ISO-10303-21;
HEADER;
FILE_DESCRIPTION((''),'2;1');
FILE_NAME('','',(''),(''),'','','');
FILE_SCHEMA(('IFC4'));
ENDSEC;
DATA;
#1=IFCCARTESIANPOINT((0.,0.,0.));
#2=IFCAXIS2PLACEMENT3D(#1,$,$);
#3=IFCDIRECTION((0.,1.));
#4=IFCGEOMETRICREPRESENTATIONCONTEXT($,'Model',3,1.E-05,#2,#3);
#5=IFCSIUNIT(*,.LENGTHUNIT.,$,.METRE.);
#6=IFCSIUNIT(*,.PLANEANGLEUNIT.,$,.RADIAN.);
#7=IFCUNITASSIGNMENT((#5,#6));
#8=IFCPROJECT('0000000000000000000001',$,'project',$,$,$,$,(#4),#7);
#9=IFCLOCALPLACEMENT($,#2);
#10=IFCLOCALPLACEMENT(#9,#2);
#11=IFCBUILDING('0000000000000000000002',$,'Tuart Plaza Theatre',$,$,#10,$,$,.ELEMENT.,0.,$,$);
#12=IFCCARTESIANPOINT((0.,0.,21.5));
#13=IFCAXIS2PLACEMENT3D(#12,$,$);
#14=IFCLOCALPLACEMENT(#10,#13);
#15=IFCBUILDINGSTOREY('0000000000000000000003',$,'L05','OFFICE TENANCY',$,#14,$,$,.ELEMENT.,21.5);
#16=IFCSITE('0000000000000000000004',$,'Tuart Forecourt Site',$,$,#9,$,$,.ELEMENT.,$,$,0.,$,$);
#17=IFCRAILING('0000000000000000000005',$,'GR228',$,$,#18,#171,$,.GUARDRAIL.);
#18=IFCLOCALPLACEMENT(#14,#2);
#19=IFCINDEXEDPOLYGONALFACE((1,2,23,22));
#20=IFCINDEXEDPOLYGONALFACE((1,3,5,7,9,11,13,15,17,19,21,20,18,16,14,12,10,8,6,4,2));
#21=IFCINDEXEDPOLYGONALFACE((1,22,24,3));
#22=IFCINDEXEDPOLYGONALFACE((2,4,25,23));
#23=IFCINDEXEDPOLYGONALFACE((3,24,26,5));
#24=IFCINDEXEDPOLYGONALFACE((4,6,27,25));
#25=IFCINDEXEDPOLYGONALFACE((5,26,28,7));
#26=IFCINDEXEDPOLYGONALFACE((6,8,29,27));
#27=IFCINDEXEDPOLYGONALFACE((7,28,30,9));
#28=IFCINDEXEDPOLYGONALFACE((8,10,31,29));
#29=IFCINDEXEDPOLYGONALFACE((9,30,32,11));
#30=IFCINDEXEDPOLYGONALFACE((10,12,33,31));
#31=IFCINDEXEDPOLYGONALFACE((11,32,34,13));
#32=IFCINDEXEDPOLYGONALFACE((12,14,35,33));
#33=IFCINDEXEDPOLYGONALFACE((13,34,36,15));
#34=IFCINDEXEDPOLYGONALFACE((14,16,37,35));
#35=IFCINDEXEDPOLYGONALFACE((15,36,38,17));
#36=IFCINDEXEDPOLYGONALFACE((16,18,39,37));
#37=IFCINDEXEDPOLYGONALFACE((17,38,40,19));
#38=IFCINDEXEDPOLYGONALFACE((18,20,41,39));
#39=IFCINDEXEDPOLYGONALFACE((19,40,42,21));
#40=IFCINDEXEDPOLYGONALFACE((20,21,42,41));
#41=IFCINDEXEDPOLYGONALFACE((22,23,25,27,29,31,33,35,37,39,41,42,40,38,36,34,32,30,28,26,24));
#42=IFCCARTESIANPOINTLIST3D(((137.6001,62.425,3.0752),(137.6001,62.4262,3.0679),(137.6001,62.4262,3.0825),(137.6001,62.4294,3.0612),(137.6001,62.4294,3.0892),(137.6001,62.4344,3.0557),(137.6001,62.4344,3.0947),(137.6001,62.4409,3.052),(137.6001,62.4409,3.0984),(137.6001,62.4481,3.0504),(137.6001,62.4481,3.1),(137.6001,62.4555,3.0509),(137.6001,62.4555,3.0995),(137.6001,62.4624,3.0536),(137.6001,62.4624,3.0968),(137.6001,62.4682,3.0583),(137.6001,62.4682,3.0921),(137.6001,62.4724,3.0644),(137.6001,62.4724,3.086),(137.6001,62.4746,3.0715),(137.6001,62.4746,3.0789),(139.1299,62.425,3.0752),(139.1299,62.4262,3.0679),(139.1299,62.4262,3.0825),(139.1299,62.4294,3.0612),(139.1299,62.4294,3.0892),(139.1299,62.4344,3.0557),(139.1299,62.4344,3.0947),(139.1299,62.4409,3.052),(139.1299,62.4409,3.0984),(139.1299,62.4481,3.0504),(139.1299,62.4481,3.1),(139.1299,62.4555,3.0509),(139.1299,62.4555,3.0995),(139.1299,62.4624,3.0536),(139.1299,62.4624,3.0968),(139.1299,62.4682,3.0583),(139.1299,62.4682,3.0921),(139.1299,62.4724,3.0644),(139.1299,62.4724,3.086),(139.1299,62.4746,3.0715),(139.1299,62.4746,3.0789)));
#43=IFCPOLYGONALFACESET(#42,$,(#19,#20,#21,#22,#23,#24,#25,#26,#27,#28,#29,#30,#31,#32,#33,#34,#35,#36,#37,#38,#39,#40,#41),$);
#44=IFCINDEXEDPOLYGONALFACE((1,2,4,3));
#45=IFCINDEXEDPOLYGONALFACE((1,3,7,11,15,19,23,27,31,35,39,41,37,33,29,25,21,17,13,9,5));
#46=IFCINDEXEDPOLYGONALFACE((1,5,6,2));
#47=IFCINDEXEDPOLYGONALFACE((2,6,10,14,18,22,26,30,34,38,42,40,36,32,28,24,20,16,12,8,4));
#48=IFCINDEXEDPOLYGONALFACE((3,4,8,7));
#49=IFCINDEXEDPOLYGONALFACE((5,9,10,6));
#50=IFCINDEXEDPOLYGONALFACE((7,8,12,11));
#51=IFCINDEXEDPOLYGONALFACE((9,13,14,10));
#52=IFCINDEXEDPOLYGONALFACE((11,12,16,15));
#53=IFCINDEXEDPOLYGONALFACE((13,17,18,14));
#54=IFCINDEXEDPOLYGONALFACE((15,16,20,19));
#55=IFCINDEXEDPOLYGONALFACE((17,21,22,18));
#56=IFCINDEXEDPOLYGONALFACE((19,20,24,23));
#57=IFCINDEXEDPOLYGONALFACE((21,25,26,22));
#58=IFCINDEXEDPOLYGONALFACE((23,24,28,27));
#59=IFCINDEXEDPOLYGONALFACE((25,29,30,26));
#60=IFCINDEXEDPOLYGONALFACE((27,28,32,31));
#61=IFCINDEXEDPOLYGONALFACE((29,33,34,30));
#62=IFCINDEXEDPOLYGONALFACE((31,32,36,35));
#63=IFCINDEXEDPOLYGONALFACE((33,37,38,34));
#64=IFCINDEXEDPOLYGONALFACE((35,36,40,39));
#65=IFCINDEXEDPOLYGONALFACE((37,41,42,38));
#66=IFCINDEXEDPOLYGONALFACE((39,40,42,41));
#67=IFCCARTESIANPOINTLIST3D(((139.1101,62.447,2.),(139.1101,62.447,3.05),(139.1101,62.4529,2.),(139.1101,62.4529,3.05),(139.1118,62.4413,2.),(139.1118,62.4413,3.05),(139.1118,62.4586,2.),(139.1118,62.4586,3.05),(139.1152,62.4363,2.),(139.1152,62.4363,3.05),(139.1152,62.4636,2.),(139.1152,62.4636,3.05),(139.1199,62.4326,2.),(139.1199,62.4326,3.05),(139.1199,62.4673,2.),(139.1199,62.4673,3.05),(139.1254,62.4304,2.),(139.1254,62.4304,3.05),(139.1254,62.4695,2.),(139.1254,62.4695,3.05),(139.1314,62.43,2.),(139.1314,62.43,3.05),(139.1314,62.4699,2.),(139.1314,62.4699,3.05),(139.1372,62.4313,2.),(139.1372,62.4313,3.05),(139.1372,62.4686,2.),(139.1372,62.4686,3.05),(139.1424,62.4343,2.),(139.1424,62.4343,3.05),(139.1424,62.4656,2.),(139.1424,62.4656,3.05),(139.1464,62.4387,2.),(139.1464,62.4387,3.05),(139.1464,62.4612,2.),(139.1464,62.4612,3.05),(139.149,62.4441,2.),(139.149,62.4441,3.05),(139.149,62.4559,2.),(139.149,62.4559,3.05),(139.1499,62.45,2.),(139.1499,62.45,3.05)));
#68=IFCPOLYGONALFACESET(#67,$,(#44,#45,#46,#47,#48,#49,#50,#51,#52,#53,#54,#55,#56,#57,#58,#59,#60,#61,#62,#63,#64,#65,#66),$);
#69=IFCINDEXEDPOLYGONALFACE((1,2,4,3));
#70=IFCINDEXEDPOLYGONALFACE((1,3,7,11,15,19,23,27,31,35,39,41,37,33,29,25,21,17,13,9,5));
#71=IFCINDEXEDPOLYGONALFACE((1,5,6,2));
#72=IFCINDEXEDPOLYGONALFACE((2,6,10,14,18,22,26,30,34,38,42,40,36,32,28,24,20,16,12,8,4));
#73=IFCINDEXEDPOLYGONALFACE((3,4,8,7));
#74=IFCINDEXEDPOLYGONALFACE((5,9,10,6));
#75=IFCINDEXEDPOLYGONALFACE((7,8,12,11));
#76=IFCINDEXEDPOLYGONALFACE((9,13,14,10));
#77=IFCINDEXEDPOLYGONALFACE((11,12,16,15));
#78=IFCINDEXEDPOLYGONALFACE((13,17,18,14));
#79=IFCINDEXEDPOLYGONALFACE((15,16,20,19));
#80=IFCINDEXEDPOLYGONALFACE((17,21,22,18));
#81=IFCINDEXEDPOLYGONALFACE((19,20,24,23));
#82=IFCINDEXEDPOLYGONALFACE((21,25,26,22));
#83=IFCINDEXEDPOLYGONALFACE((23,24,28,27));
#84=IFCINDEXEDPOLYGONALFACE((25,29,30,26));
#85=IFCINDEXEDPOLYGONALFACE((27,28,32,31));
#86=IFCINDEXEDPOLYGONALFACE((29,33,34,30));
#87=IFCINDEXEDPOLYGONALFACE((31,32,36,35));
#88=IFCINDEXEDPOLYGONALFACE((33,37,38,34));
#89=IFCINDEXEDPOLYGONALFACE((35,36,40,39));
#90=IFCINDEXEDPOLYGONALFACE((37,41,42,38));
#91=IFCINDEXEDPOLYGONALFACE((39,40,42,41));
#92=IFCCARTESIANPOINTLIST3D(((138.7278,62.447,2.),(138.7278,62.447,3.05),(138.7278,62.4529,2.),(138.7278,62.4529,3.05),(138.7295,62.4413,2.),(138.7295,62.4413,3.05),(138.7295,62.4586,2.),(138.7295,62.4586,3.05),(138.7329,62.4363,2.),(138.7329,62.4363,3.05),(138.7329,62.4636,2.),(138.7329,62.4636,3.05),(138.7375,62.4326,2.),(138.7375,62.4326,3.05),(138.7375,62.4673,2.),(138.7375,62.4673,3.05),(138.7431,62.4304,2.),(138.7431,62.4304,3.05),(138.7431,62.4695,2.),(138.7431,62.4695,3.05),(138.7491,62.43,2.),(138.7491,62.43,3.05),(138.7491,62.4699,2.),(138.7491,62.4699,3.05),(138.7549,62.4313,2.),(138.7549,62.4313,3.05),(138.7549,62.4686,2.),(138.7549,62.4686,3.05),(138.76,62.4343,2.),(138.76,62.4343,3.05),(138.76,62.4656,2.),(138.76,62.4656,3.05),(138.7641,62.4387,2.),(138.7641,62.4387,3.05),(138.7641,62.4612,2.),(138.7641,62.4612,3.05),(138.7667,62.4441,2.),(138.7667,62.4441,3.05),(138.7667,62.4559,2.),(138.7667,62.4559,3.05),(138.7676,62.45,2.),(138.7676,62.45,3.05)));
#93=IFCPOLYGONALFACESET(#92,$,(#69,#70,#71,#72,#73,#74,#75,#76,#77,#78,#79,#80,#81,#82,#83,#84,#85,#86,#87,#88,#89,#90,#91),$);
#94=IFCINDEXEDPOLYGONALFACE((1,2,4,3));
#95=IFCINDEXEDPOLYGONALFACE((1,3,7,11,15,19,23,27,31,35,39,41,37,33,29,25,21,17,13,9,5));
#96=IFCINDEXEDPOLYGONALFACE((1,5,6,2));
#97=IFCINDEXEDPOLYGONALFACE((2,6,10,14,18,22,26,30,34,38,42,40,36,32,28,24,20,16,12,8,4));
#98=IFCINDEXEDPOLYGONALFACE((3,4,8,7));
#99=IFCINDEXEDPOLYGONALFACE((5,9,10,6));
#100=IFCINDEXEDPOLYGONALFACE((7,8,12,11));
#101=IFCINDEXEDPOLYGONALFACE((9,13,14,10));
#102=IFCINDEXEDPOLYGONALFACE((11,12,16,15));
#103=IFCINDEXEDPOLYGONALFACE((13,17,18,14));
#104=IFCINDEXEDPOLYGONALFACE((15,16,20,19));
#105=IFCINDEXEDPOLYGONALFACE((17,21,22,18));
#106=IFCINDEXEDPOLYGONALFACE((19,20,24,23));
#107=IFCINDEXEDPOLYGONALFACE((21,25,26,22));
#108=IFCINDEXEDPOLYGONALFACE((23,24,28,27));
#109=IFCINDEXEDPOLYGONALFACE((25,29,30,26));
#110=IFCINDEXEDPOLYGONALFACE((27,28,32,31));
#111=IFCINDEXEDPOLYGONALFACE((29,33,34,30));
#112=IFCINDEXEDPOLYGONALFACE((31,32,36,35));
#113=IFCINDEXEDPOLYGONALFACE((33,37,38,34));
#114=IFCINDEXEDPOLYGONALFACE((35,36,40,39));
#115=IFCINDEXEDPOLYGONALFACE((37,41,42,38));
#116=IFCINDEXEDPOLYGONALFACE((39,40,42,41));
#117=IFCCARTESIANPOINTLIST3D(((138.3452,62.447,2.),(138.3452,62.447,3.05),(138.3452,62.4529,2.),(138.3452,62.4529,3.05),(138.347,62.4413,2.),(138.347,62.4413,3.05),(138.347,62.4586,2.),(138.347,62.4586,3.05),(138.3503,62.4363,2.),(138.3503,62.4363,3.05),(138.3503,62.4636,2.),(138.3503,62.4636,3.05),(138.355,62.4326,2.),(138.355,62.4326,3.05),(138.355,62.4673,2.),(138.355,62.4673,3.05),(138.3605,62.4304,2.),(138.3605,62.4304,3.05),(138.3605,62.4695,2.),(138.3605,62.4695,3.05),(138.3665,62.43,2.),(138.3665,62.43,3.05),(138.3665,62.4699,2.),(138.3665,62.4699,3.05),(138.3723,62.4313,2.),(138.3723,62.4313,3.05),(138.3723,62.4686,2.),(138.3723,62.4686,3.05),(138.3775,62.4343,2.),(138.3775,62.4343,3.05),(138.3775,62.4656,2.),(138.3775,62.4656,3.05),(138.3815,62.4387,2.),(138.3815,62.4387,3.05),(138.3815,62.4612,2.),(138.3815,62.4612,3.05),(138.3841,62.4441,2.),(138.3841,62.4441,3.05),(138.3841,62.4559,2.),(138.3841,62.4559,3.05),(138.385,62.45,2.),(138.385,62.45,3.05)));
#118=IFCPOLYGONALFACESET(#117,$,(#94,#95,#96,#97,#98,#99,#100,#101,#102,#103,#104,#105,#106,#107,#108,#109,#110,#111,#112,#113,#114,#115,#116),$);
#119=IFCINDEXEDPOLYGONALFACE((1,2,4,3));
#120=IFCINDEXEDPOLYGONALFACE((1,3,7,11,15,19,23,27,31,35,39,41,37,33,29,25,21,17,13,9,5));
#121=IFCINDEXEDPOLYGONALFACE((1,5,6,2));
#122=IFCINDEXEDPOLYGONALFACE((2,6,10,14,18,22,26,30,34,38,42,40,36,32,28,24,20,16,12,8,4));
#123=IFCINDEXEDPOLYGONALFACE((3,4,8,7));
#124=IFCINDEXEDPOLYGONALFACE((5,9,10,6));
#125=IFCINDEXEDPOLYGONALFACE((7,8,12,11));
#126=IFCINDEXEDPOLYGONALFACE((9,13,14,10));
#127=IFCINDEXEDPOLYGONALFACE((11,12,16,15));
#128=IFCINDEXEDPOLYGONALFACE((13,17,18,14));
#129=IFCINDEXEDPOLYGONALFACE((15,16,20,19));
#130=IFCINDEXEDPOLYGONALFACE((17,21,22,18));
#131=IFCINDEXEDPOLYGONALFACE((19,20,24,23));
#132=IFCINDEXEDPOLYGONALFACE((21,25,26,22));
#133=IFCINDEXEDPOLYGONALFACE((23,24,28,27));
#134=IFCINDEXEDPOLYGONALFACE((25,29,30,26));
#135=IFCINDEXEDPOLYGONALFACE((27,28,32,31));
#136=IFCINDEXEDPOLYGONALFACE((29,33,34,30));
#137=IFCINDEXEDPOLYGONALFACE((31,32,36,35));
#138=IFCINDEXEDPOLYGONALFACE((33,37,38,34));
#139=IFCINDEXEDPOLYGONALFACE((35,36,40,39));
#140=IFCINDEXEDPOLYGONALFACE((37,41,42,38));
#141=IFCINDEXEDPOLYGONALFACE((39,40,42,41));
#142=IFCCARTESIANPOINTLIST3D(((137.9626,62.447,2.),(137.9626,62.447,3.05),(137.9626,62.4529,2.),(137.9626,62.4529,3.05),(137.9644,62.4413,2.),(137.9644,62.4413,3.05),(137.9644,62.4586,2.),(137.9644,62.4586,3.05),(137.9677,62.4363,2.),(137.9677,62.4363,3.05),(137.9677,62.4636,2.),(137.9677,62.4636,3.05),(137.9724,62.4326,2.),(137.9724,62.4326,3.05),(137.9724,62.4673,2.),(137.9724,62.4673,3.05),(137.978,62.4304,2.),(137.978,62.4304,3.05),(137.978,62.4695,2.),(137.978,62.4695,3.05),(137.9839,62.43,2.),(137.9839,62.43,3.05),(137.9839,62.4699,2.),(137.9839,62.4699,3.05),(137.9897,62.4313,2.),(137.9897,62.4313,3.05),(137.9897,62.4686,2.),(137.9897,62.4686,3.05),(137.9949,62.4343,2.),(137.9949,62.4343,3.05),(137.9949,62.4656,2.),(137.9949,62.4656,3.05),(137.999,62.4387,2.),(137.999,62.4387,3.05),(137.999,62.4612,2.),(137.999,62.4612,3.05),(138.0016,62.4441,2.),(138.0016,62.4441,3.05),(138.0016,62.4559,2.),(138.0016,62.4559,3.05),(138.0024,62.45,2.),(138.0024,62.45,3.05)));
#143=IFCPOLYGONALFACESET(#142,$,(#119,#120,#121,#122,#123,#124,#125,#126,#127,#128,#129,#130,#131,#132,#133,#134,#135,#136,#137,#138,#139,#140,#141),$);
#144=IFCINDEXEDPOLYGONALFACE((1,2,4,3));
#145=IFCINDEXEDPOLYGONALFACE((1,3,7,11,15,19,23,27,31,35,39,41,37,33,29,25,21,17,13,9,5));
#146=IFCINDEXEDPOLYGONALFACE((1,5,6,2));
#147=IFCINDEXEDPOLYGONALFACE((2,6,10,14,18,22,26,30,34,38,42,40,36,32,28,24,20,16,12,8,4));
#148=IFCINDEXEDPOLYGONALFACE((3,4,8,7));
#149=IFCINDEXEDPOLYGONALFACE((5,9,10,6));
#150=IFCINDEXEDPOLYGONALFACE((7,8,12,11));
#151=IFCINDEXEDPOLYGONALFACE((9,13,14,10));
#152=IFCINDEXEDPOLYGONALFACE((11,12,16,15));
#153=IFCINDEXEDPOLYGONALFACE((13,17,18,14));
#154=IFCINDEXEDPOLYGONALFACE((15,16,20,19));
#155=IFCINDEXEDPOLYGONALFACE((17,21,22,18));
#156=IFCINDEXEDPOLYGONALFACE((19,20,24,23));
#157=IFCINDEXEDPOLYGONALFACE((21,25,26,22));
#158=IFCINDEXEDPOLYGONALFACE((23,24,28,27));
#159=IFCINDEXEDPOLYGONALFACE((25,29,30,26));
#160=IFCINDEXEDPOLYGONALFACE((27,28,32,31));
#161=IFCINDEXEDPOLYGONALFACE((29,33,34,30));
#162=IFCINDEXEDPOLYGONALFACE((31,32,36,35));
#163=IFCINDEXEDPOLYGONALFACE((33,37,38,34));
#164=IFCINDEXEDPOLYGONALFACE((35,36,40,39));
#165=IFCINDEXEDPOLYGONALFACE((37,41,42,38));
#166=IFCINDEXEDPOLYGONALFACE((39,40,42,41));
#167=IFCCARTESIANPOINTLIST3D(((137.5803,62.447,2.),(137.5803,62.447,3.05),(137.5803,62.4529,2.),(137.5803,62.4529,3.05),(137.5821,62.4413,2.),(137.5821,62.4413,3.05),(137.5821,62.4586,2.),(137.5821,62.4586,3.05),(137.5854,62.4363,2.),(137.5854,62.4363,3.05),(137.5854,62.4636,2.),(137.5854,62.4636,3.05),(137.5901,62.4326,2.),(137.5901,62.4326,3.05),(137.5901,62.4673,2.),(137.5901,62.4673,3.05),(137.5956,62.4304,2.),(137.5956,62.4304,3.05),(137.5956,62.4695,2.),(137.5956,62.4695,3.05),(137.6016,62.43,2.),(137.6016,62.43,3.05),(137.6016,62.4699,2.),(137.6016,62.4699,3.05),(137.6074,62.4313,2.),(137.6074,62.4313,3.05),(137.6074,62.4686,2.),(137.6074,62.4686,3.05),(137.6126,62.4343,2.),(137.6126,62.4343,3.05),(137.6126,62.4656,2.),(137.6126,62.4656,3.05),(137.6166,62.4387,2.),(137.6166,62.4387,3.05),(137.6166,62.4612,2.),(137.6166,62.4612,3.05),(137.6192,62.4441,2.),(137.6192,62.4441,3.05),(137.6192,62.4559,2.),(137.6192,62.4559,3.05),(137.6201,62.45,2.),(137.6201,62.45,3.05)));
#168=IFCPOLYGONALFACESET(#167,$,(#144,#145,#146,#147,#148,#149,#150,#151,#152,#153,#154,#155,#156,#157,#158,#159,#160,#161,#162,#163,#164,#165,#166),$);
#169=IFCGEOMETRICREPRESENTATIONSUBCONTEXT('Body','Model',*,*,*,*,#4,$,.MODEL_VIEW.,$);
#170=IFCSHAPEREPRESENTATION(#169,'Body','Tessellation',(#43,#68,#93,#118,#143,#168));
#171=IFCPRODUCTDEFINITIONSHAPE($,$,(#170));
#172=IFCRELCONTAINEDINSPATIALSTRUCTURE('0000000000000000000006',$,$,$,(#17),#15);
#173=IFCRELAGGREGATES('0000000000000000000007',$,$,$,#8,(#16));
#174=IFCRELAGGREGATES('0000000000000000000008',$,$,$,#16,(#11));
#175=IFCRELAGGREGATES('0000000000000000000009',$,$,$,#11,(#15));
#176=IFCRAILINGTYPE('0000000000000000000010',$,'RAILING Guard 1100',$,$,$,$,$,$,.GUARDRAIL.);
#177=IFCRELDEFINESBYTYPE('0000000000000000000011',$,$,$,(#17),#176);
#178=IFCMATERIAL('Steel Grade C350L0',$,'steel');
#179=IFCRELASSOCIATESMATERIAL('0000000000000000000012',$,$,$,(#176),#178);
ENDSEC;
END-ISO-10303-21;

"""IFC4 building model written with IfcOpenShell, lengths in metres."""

from ifc_helpers import new_model, si_unit, direction, frame, origin, origin_2d, place, context, subcontext, project, spatial, circle, extrude, material, type_object, element, save


model = new_model("IFC4")

# Units and contexts
model_context = context("Model", 3, precision=1e-05, world=origin(), true_north=direction((0.0, 1.0)))
body_context = subcontext(model_context, "Body", "Model", "MODEL_VIEW")
ifc_project = project(units=[si_unit("LENGTHUNIT", "METRE"), si_unit("PLANEANGLEUNIT", "RADIAN")], contexts=[model_context])

# Site, building, storey
site_placement = place(None, origin())
site = spatial("IfcSite", under=ifc_project, at=site_placement, Name="Tuart Forecourt Site", CompositionType="ELEMENT", RefElevation=0.0)
building_placement = place(site_placement, origin())
building = spatial("IfcBuilding", under=site, at=building_placement, Name="Tuart Plaza Theatre", CompositionType="ELEMENT", ElevationOfRefHeight=0.0)
storey_placement = place(building_placement, frame((0.0, 0.0, 21.5)))
storey = spatial("IfcBuildingStorey", under=building, at=storey_placement, Name="L05", Description="OFFICE TENANCY", CompositionType="ELEMENT", Elevation=21.5)

# Railing
ifc_material_1 = material(Name="Steel Grade C350L0", Category="steel")
railing_type_1 = type_object("IfcRailingType", Name="RAILING Guard 1100", PredefinedType="GUARDRAIL", material=ifc_material_1)
railing_1_placement = place(storey_placement, frame((139.1299, 62.45, 2.0)))
element("IfcRailing", 1, at=railing_1_placement, inside=storey, type_object=railing_type_1, Name="GR228", PredefinedType="GUARDRAIL", context=body_context, shape_type="SweptSolid", body=[
    extrude(circle(Radius=0.0249, at=origin_2d()), frame((0.0, 0.0, 1.0752), z_axis=(-1.0, 0.0, 0.0), x_axis=(0.0, -1.0, 0.0)), (0.0, 0.0, 1.0), 1.5298),
    extrude(circle(Radius=0.02, at=origin_2d()), origin(), (0.0, 0.0, 1.0), 1.05),
    extrude(circle(Radius=0.02, at=origin_2d()), frame((-0.3823, 0.0, 0.0)), (0.0, 0.0, 1.0), 1.05),
    extrude(circle(Radius=0.02, at=origin_2d()), frame((-0.7649, 0.0, 0.0)), (0.0, 0.0, 1.0), 1.05),
    extrude(circle(Radius=0.02, at=origin_2d()), frame((-1.1475, 0.0, 0.0)), (0.0, 0.0, 1.0), 1.05),
    extrude(circle(Radius=0.02, at=origin_2d()), frame((-1.5298, 0.0, 0.0)), (0.0, 0.0, 1.0), 1.05),
])

save(model, "model.ifc")
